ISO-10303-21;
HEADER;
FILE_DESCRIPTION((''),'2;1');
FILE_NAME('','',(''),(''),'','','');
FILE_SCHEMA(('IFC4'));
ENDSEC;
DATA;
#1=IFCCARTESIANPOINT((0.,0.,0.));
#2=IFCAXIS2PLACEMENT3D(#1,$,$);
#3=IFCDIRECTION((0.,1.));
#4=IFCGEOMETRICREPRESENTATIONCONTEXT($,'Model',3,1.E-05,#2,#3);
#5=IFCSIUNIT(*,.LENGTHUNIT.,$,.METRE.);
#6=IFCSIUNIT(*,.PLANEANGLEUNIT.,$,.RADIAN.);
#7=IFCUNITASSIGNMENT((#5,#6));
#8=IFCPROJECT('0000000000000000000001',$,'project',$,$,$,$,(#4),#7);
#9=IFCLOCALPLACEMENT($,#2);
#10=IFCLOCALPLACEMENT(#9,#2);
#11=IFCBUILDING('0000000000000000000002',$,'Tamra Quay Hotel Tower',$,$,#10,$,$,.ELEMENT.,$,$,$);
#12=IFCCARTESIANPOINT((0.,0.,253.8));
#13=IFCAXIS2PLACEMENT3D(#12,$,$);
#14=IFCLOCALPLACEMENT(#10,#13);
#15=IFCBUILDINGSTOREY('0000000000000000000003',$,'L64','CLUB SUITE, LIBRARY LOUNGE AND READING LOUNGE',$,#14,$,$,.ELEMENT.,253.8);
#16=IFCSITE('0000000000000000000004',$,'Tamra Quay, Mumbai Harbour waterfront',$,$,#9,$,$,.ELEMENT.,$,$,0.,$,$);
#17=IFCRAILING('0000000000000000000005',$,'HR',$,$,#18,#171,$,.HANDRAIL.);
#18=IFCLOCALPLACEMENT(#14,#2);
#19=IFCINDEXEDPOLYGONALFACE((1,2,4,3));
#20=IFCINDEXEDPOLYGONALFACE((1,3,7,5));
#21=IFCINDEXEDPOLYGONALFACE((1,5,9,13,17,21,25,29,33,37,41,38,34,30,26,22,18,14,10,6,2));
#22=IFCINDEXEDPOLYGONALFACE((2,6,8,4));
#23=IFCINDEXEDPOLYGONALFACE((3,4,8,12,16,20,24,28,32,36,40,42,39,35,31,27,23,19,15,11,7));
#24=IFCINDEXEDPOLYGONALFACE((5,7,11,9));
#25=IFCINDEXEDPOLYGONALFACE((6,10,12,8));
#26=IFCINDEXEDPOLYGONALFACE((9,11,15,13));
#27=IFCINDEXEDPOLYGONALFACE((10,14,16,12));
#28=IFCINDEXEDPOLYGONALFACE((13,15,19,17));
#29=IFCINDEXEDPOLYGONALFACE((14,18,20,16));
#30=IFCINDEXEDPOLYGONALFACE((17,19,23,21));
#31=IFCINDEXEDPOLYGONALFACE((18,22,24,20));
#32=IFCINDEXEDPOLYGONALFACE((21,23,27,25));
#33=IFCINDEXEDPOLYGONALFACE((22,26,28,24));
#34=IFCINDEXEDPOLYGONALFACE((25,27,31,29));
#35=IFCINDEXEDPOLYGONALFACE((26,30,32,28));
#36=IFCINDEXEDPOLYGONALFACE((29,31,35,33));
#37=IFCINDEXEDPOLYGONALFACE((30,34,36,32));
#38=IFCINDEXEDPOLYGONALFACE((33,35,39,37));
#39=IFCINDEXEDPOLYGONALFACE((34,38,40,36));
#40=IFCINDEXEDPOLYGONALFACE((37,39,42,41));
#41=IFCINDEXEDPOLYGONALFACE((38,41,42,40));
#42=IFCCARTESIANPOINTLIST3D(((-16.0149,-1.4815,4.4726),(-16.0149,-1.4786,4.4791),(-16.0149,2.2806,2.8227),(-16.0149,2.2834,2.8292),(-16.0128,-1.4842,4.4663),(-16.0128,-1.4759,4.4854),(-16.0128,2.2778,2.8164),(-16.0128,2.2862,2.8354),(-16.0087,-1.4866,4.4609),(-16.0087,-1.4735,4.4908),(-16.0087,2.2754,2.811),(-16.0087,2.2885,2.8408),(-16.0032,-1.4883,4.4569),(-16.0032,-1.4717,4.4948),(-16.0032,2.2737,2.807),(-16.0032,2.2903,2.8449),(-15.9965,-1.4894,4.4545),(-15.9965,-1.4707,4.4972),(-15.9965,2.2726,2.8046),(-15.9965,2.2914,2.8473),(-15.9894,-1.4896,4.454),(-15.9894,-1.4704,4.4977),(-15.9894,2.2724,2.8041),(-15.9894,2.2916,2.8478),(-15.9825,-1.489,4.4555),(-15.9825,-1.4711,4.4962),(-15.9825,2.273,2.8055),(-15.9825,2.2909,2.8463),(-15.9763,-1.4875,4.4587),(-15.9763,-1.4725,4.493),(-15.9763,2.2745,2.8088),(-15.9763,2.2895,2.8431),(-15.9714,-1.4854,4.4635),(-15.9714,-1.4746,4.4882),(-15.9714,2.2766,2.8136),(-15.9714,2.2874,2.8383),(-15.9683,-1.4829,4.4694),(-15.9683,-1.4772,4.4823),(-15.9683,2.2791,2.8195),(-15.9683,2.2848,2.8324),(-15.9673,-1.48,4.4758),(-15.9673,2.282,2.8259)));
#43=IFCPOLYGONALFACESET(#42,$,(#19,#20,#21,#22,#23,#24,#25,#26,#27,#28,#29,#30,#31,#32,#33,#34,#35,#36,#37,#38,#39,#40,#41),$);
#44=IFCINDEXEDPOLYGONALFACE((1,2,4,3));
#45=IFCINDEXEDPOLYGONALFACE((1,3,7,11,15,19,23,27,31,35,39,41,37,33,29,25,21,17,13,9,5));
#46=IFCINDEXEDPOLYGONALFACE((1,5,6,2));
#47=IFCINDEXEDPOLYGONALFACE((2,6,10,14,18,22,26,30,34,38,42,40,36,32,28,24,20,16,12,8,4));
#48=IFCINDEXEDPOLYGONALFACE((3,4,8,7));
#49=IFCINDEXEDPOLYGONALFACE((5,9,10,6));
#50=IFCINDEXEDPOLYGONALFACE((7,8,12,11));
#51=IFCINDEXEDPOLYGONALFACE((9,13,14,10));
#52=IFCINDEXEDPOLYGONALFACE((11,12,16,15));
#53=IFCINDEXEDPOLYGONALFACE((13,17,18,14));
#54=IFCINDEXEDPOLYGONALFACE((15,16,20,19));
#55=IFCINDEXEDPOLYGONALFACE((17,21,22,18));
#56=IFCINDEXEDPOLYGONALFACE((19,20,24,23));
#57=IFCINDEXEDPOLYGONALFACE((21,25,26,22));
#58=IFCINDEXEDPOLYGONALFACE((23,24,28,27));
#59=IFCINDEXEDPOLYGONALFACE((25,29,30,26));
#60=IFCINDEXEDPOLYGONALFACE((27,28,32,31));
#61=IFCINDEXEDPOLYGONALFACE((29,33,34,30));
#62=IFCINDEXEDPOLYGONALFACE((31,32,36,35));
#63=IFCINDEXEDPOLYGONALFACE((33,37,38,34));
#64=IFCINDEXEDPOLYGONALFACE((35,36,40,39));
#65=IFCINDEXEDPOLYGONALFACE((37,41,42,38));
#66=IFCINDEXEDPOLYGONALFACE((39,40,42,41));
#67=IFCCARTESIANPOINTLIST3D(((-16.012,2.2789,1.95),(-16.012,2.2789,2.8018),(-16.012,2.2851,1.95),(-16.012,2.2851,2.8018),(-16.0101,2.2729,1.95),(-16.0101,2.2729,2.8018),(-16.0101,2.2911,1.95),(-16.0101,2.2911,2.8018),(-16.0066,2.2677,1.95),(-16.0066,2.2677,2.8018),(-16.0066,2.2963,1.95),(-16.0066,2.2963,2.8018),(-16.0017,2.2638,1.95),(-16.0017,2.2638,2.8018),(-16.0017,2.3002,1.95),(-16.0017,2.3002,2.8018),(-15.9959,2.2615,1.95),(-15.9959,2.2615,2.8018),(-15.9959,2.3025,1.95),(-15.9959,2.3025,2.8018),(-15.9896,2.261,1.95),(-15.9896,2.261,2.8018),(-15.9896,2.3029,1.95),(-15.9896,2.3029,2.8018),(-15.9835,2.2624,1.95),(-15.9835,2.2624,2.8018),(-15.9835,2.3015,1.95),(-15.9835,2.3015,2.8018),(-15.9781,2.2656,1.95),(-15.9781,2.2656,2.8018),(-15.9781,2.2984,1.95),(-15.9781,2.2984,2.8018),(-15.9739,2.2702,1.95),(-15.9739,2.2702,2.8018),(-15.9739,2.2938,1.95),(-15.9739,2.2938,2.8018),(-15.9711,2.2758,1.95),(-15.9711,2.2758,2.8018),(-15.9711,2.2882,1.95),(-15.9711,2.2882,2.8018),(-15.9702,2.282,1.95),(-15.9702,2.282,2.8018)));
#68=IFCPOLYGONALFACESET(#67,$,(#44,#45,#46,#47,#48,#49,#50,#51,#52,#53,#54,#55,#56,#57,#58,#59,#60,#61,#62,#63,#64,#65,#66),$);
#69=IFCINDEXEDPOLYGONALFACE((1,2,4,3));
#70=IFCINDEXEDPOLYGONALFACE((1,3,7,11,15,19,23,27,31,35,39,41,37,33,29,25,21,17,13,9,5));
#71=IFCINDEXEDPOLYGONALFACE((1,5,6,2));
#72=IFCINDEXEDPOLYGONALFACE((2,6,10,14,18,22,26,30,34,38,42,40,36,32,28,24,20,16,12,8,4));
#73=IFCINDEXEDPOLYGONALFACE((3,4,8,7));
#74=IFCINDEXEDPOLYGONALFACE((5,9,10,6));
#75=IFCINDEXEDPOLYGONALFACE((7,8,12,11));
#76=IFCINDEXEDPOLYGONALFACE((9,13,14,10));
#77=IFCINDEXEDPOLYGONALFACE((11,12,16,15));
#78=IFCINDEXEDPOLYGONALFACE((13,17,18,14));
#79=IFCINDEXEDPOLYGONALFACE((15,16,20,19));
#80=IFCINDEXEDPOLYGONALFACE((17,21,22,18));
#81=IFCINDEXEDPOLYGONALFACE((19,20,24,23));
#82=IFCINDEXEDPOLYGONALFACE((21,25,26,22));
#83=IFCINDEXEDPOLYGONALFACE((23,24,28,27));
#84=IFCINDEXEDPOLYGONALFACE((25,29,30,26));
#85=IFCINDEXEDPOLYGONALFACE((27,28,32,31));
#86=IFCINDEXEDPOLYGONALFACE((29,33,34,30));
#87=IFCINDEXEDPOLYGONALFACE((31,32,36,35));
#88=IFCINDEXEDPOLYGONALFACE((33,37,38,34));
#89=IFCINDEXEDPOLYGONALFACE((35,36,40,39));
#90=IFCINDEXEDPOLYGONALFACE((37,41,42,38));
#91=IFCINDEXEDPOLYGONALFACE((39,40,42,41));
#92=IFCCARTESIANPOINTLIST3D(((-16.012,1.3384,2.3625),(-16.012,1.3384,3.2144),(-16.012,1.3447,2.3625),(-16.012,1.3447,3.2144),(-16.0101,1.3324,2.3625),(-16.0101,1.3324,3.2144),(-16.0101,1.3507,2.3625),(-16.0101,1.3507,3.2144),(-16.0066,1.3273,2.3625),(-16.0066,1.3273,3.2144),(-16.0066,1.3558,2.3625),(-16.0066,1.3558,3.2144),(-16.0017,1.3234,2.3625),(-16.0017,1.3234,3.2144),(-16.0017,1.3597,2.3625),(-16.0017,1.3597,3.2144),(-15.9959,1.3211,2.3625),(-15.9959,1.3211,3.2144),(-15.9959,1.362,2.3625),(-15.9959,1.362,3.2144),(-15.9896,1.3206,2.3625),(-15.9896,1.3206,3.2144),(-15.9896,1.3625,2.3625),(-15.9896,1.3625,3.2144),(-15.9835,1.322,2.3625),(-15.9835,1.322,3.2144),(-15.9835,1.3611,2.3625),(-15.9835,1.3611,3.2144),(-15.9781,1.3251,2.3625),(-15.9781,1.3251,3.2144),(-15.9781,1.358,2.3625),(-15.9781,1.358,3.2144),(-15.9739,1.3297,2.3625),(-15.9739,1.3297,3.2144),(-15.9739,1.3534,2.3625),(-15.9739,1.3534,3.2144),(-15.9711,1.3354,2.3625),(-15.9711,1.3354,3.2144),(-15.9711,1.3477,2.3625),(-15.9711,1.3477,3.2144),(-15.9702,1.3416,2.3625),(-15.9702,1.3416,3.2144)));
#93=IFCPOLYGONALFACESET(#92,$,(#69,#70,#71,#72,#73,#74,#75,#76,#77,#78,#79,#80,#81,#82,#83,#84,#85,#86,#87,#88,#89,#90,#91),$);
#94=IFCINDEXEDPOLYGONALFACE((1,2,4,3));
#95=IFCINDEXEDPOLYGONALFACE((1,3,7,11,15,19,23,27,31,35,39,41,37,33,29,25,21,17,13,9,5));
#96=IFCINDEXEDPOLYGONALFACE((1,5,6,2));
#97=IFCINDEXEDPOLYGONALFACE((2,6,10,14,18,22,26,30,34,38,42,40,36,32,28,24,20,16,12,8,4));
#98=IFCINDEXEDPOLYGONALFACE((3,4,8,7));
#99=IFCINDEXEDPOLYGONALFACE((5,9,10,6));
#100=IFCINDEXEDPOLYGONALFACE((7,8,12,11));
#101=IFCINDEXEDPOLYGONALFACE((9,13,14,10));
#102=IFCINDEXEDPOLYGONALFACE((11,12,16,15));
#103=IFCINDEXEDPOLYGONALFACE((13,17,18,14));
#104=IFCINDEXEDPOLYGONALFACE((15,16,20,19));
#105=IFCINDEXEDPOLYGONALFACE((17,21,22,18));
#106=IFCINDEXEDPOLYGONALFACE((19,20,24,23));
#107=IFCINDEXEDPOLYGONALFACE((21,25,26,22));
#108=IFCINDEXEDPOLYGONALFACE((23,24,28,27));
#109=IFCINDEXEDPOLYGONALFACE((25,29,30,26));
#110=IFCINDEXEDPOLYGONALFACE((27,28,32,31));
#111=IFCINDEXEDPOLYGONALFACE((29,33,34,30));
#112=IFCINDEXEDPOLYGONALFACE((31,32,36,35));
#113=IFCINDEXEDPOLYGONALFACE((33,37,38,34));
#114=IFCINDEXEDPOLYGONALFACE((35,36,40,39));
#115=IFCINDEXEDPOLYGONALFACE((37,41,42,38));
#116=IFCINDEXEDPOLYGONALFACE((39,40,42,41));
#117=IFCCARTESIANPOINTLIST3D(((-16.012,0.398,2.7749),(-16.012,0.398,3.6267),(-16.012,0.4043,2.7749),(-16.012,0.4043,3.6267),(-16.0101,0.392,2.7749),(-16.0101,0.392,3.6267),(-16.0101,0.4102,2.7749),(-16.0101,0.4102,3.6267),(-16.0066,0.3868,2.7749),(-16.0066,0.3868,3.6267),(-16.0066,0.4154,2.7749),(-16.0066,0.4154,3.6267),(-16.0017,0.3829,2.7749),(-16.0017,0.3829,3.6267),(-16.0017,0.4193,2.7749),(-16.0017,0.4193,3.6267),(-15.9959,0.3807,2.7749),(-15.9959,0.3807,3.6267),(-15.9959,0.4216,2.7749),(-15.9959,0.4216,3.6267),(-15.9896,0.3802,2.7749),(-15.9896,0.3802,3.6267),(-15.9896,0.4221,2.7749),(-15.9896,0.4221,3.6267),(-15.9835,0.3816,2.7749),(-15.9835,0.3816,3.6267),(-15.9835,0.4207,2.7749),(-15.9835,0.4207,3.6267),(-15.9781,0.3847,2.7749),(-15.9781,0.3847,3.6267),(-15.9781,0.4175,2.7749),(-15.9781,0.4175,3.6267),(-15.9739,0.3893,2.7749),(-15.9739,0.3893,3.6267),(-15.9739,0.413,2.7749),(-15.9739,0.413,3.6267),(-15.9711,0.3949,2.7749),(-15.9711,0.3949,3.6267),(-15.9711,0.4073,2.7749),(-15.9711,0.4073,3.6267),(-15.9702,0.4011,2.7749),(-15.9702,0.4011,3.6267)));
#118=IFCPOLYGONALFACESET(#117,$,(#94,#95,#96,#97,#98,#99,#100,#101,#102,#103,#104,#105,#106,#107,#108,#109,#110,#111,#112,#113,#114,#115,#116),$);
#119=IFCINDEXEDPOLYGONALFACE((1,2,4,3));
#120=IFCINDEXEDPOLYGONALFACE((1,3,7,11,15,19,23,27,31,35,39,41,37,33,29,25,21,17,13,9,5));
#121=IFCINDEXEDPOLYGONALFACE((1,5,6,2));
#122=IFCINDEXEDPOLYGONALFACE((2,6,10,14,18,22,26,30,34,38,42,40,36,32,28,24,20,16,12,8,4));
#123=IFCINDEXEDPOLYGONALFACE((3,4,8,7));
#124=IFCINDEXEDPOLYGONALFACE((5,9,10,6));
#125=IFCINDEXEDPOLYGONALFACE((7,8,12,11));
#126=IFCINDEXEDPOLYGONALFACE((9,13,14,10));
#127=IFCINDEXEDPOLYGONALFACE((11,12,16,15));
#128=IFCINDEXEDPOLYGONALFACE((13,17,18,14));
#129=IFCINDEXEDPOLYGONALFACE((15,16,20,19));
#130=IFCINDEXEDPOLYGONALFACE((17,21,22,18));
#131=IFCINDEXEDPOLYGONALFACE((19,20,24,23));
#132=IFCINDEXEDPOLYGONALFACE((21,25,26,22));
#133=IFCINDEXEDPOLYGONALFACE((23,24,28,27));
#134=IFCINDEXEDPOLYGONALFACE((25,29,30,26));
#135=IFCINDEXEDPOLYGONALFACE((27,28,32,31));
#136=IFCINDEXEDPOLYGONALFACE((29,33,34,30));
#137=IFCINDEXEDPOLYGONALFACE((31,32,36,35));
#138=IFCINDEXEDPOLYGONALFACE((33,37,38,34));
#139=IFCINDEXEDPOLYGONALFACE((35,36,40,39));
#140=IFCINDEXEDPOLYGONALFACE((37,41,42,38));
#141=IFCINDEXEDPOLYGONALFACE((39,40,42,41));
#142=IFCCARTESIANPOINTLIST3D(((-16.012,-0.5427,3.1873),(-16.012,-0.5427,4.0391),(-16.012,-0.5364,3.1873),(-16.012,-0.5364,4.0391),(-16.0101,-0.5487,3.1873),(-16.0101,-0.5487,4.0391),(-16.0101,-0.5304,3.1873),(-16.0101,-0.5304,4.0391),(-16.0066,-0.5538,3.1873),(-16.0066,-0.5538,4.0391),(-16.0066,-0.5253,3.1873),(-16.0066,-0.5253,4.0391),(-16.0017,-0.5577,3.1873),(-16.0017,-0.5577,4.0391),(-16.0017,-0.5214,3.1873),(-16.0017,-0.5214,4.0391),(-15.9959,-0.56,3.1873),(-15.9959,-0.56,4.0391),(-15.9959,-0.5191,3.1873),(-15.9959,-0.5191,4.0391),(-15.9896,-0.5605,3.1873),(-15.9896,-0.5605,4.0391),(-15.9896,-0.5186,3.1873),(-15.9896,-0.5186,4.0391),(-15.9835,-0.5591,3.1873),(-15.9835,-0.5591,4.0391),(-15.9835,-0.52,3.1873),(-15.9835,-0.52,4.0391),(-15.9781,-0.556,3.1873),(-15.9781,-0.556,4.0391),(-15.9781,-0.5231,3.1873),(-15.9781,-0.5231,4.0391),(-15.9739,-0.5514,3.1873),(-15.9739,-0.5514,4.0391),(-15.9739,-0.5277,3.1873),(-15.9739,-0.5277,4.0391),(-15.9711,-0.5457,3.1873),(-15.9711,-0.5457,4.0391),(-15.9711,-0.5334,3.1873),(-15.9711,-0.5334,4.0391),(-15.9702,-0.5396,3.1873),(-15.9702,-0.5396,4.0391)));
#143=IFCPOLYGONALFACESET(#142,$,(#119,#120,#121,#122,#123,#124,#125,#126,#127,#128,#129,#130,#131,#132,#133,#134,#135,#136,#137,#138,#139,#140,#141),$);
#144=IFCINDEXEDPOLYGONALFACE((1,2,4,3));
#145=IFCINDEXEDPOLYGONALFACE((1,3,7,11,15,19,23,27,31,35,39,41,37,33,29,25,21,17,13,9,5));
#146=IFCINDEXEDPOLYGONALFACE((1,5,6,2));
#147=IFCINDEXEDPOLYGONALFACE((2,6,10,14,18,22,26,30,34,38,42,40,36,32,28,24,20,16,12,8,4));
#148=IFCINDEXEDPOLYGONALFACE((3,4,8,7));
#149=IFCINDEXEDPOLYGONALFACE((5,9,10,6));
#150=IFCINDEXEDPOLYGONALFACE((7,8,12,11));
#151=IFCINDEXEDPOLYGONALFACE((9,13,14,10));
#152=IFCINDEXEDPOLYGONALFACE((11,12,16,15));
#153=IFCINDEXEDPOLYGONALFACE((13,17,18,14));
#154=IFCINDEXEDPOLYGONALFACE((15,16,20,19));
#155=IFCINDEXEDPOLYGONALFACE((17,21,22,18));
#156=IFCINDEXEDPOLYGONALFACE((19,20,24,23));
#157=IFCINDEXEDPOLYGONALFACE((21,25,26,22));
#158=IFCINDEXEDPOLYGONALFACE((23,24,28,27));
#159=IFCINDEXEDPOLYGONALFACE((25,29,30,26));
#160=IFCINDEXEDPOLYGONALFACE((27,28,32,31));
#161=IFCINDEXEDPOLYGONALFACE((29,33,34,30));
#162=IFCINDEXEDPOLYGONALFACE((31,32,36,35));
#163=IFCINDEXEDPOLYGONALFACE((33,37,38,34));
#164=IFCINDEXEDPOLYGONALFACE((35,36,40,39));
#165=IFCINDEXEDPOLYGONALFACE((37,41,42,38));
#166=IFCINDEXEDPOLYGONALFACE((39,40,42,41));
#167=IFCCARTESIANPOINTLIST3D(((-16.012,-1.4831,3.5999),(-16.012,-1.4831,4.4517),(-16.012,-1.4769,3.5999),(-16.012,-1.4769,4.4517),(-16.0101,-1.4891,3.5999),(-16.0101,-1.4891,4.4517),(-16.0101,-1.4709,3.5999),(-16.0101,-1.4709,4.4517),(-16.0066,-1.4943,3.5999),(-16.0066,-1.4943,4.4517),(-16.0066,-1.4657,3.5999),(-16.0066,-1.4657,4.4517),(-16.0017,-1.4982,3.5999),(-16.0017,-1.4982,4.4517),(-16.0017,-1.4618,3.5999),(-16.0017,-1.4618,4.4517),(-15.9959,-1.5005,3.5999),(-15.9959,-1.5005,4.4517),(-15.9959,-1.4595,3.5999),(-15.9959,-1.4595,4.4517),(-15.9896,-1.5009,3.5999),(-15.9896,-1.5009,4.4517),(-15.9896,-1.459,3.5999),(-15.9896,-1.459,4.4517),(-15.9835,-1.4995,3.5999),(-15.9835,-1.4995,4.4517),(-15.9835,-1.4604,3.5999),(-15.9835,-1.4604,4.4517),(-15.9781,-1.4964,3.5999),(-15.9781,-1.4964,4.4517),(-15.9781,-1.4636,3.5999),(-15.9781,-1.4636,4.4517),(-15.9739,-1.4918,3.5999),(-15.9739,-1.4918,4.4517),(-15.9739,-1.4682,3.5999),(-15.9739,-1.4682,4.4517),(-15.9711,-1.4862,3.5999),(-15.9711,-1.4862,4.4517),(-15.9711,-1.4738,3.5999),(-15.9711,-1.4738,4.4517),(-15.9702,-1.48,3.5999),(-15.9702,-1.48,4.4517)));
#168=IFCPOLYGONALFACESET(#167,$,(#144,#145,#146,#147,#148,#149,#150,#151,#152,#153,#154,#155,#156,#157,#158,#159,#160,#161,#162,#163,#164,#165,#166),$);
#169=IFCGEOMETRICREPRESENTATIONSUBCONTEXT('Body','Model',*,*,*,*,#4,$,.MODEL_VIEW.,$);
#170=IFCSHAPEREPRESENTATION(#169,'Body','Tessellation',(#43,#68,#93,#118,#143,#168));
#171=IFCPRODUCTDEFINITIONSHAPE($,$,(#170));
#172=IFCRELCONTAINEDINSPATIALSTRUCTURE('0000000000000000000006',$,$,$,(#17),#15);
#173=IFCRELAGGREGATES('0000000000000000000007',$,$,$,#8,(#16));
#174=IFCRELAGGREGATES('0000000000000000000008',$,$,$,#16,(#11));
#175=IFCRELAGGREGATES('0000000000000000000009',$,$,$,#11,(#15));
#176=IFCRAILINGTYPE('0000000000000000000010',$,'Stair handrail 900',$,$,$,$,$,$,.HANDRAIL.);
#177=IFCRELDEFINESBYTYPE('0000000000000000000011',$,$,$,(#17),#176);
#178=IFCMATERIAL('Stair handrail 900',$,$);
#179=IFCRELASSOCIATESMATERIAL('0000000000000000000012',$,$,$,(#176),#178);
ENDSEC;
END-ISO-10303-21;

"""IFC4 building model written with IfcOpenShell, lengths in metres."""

from ifc_helpers import new_model, si_unit, direction, frame, origin, origin_2d, place, context, subcontext, project, spatial, circle, extrude, material, type_object, element, save


model = new_model("IFC4")

# Units and contexts
model_context = context("Model", 3, precision=1e-05, world=origin(), true_north=direction((0.0, 1.0)))
body_context = subcontext(model_context, "Body", "Model", "MODEL_VIEW")
ifc_project = project(units=[si_unit("LENGTHUNIT", "METRE"), si_unit("PLANEANGLEUNIT", "RADIAN")], contexts=[model_context])

# Site, building, storey
site_placement = place(None, origin())
site = spatial("IfcSite", under=ifc_project, at=site_placement, Name="Tamra Quay, Mumbai Harbour waterfront", CompositionType="ELEMENT", RefElevation=0.0)
building_placement = place(site_placement, origin())
building = spatial("IfcBuilding", under=site, at=building_placement, Name="Tamra Quay Hotel Tower", CompositionType="ELEMENT")
storey_placement = place(building_placement, frame((0.0, 0.0, 253.8)))
storey = spatial("IfcBuildingStorey", under=building, at=storey_placement, Name="L64", Description="CLUB SUITE, LIBRARY LOUNGE AND READING LOUNGE", CompositionType="ELEMENT", Elevation=253.8)

# Railing
ifc_material_1 = material(Name="Stair handrail 900")
railing_type = type_object("IfcRailingType", Name="Stair handrail 900", PredefinedType="HANDRAIL", material=ifc_material_1)
railing_placement = place(storey_placement, frame((-15.9912, 2.282, 1.95)))
element("IfcRailing", 1, at=railing_placement, inside=storey, type_object=railing_type, Name="HR", PredefinedType="HANDRAIL", context=body_context, shape_type="SweptSolid", body=[
    extrude(circle(Radius=0.0239, at=origin_2d()), frame((0.0, 0.0, 0.876), z_axis=(0.0, -0.915795, 0.401645), x_axis=(1.0, 0.0, 0.0)), (0.0, 0.0, 1.0), 4.1079),
    extrude(circle(Radius=0.021, at=origin_2d()), origin(), (0.0, 0.0, 1.0), 0.8518),
    extrude(circle(Radius=0.021, at=origin_2d()), frame((0.0, -0.9404, 0.4126)), (0.0, 0.0, 1.0), 0.8518),
    extrude(circle(Radius=0.021, at=origin_2d()), frame((0.0, -1.8809, 0.825)), (0.0, 0.0, 1.0), 0.8518),
    extrude(circle(Radius=0.021, at=origin_2d()), frame((0.0, -2.8215, 1.2373)), (0.0, 0.0, 1.0), 0.8518),
    extrude(circle(Radius=0.021, at=origin_2d()), frame((0.0, -3.762, 1.6499)), (0.0, 0.0, 1.0), 0.8518),
])

save(model, "model.ifc")
